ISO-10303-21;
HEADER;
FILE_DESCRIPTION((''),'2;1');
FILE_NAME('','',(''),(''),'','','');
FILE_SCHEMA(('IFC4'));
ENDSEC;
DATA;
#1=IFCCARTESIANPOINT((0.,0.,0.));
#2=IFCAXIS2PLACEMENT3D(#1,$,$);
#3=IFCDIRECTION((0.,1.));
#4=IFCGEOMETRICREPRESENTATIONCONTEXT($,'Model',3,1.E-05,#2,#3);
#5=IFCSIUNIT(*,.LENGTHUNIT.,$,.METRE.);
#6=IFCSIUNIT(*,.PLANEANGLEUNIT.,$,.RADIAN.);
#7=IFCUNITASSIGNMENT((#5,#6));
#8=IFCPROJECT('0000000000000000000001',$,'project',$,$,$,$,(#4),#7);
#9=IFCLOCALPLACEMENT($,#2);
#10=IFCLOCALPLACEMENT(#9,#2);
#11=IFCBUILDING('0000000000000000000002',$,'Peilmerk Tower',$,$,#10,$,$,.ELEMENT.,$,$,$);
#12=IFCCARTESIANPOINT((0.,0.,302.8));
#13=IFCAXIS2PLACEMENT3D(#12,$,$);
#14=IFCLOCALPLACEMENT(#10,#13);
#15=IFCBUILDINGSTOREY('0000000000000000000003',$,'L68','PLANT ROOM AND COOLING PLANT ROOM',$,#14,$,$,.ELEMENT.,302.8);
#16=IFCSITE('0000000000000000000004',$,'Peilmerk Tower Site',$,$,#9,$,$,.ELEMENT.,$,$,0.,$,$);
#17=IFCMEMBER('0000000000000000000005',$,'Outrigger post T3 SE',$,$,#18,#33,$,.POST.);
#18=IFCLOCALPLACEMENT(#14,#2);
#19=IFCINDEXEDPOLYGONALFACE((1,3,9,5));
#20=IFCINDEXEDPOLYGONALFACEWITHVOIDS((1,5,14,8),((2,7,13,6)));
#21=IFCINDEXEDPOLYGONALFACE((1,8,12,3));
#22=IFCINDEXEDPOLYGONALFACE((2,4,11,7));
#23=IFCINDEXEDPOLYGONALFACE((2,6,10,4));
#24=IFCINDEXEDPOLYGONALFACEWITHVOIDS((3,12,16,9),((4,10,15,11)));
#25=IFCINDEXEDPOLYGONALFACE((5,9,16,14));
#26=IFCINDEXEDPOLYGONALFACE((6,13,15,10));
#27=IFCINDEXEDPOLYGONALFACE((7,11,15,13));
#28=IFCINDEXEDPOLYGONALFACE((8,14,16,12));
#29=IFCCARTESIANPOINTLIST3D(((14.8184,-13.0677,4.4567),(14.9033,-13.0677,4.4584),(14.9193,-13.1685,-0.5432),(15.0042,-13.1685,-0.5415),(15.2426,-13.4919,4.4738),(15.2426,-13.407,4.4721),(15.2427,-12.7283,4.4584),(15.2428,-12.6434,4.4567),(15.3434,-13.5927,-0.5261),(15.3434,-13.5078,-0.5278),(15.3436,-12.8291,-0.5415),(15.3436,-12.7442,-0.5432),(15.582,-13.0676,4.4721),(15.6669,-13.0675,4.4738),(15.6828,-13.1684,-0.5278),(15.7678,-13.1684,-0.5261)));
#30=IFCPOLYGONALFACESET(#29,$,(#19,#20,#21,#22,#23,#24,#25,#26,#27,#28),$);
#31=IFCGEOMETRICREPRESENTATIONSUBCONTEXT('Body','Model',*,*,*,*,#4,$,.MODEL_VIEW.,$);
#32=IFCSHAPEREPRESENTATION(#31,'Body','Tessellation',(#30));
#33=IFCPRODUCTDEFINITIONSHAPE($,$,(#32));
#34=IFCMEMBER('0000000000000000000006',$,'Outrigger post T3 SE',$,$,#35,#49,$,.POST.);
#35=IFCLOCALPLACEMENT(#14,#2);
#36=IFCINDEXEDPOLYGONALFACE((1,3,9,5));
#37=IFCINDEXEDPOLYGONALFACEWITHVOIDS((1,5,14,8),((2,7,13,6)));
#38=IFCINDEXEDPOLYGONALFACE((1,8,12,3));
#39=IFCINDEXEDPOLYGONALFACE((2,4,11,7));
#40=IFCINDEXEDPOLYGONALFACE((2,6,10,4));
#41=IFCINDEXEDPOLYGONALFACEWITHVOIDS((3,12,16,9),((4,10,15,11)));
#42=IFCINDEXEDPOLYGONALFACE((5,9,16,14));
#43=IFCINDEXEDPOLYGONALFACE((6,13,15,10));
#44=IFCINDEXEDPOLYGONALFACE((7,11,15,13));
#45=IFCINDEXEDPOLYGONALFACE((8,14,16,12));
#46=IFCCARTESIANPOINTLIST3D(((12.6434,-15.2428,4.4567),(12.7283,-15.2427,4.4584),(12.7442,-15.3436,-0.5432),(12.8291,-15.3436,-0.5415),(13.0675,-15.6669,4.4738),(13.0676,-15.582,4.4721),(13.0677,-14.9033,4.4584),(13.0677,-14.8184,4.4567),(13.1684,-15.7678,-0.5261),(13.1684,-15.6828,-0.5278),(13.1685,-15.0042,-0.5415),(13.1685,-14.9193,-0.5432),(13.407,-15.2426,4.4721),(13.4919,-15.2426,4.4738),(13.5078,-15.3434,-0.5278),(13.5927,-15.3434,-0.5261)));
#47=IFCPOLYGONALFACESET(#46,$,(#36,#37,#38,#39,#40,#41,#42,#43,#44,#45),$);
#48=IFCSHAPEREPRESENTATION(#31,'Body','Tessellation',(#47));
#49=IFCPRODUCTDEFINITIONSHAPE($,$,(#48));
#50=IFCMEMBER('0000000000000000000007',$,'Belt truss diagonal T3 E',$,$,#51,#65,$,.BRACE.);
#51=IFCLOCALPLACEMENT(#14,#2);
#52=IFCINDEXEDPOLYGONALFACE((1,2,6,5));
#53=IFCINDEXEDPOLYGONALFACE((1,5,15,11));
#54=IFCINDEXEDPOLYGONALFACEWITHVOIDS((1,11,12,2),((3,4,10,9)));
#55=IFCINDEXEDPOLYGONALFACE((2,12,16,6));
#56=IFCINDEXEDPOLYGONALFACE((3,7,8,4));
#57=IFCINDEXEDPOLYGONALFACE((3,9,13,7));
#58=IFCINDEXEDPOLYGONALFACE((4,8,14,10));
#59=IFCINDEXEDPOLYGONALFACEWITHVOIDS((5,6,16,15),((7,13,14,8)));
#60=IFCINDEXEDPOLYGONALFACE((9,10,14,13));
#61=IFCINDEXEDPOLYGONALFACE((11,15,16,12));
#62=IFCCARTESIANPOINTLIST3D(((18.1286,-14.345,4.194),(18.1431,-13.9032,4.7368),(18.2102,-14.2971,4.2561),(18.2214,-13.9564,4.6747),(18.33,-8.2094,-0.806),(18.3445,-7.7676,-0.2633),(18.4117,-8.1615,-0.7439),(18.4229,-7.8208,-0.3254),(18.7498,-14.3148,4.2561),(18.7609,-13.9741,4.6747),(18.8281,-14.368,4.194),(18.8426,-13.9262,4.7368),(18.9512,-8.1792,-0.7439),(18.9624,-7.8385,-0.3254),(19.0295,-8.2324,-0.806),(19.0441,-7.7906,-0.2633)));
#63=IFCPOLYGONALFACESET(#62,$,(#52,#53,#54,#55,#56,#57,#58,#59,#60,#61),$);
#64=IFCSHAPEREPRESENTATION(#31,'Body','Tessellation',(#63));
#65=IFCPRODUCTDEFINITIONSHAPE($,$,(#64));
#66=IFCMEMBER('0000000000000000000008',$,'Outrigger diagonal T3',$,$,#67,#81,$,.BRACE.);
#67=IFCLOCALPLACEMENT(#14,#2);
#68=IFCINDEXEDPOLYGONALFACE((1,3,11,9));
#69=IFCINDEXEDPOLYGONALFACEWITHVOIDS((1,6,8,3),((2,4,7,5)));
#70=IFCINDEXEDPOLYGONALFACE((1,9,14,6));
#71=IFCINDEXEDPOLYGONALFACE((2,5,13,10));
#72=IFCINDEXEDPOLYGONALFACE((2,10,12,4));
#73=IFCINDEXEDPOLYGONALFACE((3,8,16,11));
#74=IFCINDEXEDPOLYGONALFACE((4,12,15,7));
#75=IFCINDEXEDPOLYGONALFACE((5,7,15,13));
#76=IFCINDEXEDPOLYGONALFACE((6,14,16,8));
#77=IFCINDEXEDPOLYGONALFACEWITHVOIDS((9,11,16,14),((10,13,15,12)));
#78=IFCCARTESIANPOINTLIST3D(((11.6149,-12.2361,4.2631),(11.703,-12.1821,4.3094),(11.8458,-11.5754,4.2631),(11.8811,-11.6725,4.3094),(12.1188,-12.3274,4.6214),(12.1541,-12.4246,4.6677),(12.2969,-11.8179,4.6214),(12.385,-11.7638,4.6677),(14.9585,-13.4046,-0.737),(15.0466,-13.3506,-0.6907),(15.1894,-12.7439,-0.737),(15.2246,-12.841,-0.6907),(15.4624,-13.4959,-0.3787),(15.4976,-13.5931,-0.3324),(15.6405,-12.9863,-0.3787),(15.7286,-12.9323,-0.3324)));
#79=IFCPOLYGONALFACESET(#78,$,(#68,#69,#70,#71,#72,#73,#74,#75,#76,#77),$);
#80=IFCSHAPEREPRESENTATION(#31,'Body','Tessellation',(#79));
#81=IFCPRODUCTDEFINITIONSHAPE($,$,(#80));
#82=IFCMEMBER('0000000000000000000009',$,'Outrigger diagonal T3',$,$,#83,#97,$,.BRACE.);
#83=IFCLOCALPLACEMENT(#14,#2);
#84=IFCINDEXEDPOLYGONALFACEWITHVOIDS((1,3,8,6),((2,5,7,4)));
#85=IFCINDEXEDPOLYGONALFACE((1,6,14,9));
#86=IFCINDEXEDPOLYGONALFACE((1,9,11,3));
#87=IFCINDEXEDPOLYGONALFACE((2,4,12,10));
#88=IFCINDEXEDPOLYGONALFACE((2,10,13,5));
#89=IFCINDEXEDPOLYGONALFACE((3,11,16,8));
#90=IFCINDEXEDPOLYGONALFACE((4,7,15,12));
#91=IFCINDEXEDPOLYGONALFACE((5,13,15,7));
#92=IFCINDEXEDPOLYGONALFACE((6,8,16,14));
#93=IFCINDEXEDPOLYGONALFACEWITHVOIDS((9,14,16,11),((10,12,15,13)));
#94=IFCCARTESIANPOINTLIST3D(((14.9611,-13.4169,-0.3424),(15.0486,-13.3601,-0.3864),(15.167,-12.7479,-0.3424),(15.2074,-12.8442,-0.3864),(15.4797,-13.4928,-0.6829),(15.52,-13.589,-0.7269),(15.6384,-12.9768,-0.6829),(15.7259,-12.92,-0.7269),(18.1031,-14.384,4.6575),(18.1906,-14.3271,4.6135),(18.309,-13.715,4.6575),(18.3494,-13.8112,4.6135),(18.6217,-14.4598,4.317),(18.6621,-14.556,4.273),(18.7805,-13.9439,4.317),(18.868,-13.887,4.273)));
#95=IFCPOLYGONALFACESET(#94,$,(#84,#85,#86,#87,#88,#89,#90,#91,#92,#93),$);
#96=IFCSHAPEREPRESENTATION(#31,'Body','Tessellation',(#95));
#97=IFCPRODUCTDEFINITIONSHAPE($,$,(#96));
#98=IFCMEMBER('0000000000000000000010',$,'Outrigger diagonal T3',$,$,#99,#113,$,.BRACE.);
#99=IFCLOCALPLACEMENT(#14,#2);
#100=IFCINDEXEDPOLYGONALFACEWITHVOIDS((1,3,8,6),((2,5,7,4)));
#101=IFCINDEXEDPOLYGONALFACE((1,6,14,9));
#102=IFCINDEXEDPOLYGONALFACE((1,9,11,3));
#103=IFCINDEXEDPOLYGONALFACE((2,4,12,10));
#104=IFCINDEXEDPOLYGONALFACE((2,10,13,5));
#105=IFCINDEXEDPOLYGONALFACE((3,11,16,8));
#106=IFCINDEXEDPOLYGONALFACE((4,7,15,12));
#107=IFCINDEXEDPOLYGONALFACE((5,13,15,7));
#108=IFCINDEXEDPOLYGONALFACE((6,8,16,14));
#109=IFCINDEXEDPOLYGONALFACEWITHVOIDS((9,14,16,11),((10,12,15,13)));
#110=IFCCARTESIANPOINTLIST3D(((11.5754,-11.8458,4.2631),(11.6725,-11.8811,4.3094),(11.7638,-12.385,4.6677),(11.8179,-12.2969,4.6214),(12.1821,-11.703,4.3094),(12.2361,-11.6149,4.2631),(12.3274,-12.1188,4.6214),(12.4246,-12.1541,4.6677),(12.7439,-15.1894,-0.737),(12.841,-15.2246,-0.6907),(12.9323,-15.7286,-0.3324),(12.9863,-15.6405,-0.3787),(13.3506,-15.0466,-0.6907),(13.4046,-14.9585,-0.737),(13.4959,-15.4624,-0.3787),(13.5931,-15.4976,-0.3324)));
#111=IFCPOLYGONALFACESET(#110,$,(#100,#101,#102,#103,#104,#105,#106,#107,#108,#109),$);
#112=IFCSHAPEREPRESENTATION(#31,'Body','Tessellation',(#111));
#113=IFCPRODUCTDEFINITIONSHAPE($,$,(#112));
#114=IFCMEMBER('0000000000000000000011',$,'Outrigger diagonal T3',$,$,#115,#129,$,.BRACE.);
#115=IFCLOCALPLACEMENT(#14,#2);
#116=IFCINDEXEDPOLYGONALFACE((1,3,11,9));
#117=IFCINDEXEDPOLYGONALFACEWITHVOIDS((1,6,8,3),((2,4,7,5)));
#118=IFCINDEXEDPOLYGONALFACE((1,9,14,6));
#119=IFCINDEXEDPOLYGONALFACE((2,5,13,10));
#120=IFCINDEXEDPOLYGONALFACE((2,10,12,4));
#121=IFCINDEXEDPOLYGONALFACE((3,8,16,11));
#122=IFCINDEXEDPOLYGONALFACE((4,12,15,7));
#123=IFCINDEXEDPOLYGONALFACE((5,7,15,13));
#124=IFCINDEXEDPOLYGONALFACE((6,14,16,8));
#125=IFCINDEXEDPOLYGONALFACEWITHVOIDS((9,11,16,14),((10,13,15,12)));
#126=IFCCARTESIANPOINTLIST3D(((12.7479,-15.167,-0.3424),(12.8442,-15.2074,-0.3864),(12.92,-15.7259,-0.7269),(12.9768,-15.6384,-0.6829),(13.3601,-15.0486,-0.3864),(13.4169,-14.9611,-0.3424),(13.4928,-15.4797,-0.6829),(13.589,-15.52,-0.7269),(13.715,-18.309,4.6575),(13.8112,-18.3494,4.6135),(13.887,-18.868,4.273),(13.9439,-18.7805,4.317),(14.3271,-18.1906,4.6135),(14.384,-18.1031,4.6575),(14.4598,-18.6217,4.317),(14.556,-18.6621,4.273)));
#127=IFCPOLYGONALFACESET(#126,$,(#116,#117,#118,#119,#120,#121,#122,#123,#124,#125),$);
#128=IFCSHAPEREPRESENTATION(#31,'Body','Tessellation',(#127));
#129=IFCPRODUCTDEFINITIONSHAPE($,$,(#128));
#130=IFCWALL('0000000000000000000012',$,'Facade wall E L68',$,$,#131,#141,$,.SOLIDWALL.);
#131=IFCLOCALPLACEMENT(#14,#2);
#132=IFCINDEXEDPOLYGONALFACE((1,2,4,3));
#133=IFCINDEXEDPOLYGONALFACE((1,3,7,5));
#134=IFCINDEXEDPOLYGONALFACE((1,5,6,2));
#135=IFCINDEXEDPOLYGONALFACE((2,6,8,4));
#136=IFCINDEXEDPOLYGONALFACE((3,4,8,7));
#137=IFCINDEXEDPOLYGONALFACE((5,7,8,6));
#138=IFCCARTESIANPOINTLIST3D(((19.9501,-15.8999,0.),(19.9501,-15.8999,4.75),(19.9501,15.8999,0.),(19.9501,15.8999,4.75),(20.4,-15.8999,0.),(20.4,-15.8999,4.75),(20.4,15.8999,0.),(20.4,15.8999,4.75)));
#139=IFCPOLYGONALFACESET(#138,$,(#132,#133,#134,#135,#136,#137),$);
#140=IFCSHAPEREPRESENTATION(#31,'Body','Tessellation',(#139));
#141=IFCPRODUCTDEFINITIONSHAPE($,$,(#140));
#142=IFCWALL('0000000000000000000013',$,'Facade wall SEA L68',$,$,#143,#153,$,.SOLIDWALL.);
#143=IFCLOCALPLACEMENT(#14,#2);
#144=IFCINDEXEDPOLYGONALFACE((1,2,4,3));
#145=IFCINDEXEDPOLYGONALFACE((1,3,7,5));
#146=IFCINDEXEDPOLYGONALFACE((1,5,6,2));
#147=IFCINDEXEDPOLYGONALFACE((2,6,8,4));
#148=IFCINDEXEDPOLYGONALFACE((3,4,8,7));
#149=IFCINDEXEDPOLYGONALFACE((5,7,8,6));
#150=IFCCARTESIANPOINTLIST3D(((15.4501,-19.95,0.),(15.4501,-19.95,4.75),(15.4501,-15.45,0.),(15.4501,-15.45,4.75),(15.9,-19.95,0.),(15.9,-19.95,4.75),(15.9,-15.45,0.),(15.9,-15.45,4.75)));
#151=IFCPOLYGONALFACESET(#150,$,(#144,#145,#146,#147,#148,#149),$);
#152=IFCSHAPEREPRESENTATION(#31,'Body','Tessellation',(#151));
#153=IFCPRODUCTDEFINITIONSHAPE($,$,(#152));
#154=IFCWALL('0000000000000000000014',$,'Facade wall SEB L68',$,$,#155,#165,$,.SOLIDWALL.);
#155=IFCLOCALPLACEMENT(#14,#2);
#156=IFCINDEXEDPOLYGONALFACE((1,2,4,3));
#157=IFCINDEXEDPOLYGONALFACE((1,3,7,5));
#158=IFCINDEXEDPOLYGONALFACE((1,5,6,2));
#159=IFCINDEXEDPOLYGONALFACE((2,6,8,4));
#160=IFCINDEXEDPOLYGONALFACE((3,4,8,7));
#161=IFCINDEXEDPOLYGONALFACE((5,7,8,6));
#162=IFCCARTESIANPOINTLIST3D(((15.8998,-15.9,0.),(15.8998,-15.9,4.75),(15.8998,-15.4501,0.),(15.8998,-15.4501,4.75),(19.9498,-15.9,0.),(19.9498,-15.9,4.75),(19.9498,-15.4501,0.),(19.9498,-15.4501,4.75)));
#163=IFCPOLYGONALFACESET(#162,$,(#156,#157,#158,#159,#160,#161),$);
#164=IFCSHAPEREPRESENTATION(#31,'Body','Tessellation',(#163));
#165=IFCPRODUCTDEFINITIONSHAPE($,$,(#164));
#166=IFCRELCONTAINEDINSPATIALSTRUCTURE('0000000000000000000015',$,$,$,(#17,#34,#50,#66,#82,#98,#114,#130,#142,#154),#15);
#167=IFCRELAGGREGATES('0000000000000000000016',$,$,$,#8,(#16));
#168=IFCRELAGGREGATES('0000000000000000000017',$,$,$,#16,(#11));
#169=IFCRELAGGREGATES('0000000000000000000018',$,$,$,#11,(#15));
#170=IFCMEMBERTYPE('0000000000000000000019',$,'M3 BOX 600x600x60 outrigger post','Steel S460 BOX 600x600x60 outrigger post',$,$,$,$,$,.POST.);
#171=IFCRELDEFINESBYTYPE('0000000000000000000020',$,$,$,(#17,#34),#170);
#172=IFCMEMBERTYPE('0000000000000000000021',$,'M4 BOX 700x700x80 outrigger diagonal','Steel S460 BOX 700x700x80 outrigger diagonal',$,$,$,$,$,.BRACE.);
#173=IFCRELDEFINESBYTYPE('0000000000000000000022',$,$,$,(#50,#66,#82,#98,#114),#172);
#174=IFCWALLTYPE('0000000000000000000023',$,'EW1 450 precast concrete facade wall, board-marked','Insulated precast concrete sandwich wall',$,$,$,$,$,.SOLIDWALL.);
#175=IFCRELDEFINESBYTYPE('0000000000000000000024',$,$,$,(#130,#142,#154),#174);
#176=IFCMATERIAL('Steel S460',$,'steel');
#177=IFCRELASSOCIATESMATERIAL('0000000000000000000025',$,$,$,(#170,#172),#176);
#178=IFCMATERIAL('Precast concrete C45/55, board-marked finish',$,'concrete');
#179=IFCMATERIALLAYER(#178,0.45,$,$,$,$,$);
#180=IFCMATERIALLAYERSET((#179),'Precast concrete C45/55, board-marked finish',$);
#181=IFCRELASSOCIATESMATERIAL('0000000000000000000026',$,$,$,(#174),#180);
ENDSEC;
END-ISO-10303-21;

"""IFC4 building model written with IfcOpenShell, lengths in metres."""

from ifc_helpers import new_model, si_unit, direction, frame, frame_2d, origin, origin_2d, place, context, subcontext, project, spatial, rectangle, hollow_rectangle, extrude, material, layer, layer_set, material_profile, profile_set, type_object, element, save


model = new_model("IFC4")

# Units and contexts
model_context = context("Model", 3, precision=1e-05, world=origin(), true_north=direction((0.0, 1.0)))
body_context = subcontext(model_context, "Body", "Model", "MODEL_VIEW")
ifc_project = project(units=[si_unit("LENGTHUNIT", "METRE"), si_unit("PLANEANGLEUNIT", "RADIAN")], contexts=[model_context])

# Site, building, storey
site_placement = place(None, origin())
site = spatial("IfcSite", under=ifc_project, at=site_placement, Name="Peilmerk Tower Site", CompositionType="ELEMENT", RefElevation=0.0)
building_placement = place(site_placement, origin())
building = spatial("IfcBuilding", under=site, at=building_placement, Name="Peilmerk Tower", CompositionType="ELEMENT")
storey_placement = place(building_placement, frame((0.0, 0.0, 302.8)))
storey = spatial("IfcBuildingStorey", under=building, at=storey_placement, Name="L68", Description="PLANT ROOM AND COOLING PLANT ROOM", CompositionType="ELEMENT", Elevation=302.8)

# Shared definitions
ifc_material_1 = material(Name="Steel S460", Category="steel")

# Members
ifc_material_profile_1 = material_profile(ifc_material_1, hollow_rectangle(XDim=0.6001, YDim=0.6001, WallThickness=0.0601, at=origin_2d()), Name="BOX 600x600x60")
ifc_profile_set_1 = profile_set([ifc_material_profile_1], Name="Steel S460")
member_type_1 = type_object("IfcMemberType", Name="M3 BOX 600x600x60 outrigger post", Description="Steel S460 BOX 600x600x60 outrigger post", PredefinedType="POST", material=ifc_profile_set_1)
for number, where, z_axis, x_axis, name in (
    (1, (15.3435, -13.1685, -0.5347), (-0.020158, 0.020158, 0.999594), (-0.707107, -0.707107, 0.0), "Outrigger post T3 SE"),
    (2, (13.1685, -15.3435, -0.5347), (-0.020158, 0.020158, 0.999594), (-0.707107, -0.707107, 0.0), "Outrigger post T3 SE"),
):
    element("IfcMember", number, at=place(storey_placement, frame(where, z_axis=z_axis, x_axis=x_axis)), inside=storey, type_object=member_type_1, Name=name, PredefinedType="POST", context=body_context, shape_type="SweptSolid", body=[
        extrude(hollow_rectangle(XDim=0.6001, YDim=0.6001, WallThickness=0.0601, at=origin_2d()), origin(), (0.0, 0.0, 1.0), 5.002),
    ])
ifc_material_profile_2 = material_profile(ifc_material_1, hollow_rectangle(XDim=0.7, YDim=0.7, WallThickness=0.0801, at=origin_2d()), Name="BOX 700x700x80")
ifc_profile_set_2 = profile_set([ifc_material_profile_2], Name="Steel S460")
member_type_2 = type_object("IfcMemberType", Name="M4 BOX 700x700x80 outrigger diagonal", Description="Steel S460 BOX 700x700x80 outrigger diagonal", PredefinedType="BRACE", material=ifc_profile_set_2)
member_1_placement = place(storey_placement, frame((18.687, -8.0, -0.5347), z_axis=(-0.02544, -0.77494, 0.631522), x_axis=(0.999462, -0.03281, 0.0)))
element("IfcMember", 3, at=member_1_placement, inside=storey, type_object=member_type_2, Name="Belt truss diagonal T3 E", PredefinedType="BRACE", context=body_context, shape_type="SweptSolid", body=[
    extrude(hollow_rectangle(XDim=0.7, YDim=0.7, WallThickness=0.0801, at=origin_2d()), origin(), (0.0, 0.0, 1.0), 7.9175),
])
member_2_placement = place(storey_placement, frame((15.3435, -13.1685, -0.5347), z_axis=(-0.54567, 0.190696, 0.816014), x_axis=(-0.329905, -0.944014, 0.0)))
element("IfcMember", 4, at=member_2_placement, inside=storey, type_object=member_type_2, Name="Outrigger diagonal T3", PredefinedType="BRACE", context=body_context, shape_type="SweptSolid", body=[
    extrude(hollow_rectangle(XDim=0.7, YDim=0.7, WallThickness=0.0801, at=origin_2d()), origin(), (0.0, 0.0, 1.0), 6.1274),
])
member_3_placement = place(storey_placement, frame((15.3435, -13.1685, -0.5347), z_axis=(0.525084, -0.161605, 0.835566), x_axis=(0.294154, 0.955758, 0.0)))
element("IfcMember", 5, at=member_3_placement, inside=storey, type_object=member_type_2, Name="Outrigger diagonal T3", PredefinedType="BRACE", context=body_context, shape_type="SweptSolid", body=[
    extrude(hollow_rectangle(XDim=0.7, YDim=0.7, WallThickness=0.0801, at=origin_2d()), origin(), (0.0, 0.0, 1.0), 5.9839),
])
member_4_placement = place(storey_placement, frame((13.1685, -15.3435, -0.5347), z_axis=(-0.190696, 0.54567, 0.816014), x_axis=(-0.944014, -0.329905, 0.0)))
element("IfcMember", 6, at=member_4_placement, inside=storey, type_object=member_type_2, Name="Outrigger diagonal T3", PredefinedType="BRACE", context=body_context, shape_type="SweptSolid", body=[
    extrude(hollow_rectangle(XDim=0.7, YDim=0.7, WallThickness=0.0801, at=origin_2d()), origin(), (0.0, 0.0, 1.0), 6.1274),
])
member_5_placement = place(storey_placement, frame((13.1685, -15.3435, -0.5347), z_axis=(0.161605, -0.525084, 0.835566), x_axis=(0.955758, 0.294154, 0.0)))
element("IfcMember", 7, at=member_5_placement, inside=storey, type_object=member_type_2, Name="Outrigger diagonal T3", PredefinedType="BRACE", context=body_context, shape_type="SweptSolid", body=[
    extrude(hollow_rectangle(XDim=0.7, YDim=0.7, WallThickness=0.0801, at=origin_2d()), origin(), (0.0, 0.0, 1.0), 5.9839),
])

# Walls
ifc_material_2 = material(Name="Precast concrete C45/55, board-marked finish", Category="concrete")
ifc_layer_1 = layer(ifc_material_2, 0.45)
ifc_layer_set_1 = layer_set([ifc_layer_1], Name="Precast concrete C45/55, board-marked finish")
wall_type_1 = type_object("IfcWallType", Name="EW1 450 precast concrete facade wall, board-marked", Description="Insulated precast concrete sandwich wall", PredefinedType="SOLIDWALL", material=ifc_layer_set_1)
wall_1_placement = place(storey_placement, frame((20.175, -15.8999, 0.0), z_axis=(0.0, 0.0, 1.0), x_axis=(0.0, 1.0, 0.0)))
element("IfcWall", 8, at=wall_1_placement, inside=storey, type_object=wall_type_1, Name="Facade wall E L68", PredefinedType="SOLIDWALL", context=body_context, shape_type="SweptSolid", body=[
    extrude(rectangle(XDim=31.7998, YDim=0.45, at=frame_2d((15.8999, 0.0))), origin(), (0.0, 0.0, 1.0), 4.75),
])
wall_2_placement = place(storey_placement, frame((15.675, -15.45, 0.0), z_axis=(0.0, 0.0, 1.0), x_axis=(0.0, -1.0, 0.0)))
element("IfcWall", 9, at=wall_2_placement, inside=storey, type_object=wall_type_1, Name="Facade wall SEA L68", PredefinedType="SOLIDWALL", context=body_context, shape_type="SweptSolid", body=[
    extrude(rectangle(XDim=4.5, YDim=0.45, at=frame_2d((2.25, 0.0))), origin(), (0.0, 0.0, 1.0), 4.75),
])
wall_3_placement = place(storey_placement, frame((15.8999, -15.675, 0.0), z_axis=(0.0, 0.0, 1.0), x_axis=(1.0, 0.0, 0.0)))
element("IfcWall", 10, at=wall_3_placement, inside=storey, type_object=wall_type_1, Name="Facade wall SEB L68", PredefinedType="SOLIDWALL", context=body_context, shape_type="SweptSolid", body=[
    extrude(rectangle(XDim=4.05, YDim=0.45, at=frame_2d((2.0249, 0.0))), origin(), (0.0, 0.0, 1.0), 4.75),
])

save(model, "model.ifc")
